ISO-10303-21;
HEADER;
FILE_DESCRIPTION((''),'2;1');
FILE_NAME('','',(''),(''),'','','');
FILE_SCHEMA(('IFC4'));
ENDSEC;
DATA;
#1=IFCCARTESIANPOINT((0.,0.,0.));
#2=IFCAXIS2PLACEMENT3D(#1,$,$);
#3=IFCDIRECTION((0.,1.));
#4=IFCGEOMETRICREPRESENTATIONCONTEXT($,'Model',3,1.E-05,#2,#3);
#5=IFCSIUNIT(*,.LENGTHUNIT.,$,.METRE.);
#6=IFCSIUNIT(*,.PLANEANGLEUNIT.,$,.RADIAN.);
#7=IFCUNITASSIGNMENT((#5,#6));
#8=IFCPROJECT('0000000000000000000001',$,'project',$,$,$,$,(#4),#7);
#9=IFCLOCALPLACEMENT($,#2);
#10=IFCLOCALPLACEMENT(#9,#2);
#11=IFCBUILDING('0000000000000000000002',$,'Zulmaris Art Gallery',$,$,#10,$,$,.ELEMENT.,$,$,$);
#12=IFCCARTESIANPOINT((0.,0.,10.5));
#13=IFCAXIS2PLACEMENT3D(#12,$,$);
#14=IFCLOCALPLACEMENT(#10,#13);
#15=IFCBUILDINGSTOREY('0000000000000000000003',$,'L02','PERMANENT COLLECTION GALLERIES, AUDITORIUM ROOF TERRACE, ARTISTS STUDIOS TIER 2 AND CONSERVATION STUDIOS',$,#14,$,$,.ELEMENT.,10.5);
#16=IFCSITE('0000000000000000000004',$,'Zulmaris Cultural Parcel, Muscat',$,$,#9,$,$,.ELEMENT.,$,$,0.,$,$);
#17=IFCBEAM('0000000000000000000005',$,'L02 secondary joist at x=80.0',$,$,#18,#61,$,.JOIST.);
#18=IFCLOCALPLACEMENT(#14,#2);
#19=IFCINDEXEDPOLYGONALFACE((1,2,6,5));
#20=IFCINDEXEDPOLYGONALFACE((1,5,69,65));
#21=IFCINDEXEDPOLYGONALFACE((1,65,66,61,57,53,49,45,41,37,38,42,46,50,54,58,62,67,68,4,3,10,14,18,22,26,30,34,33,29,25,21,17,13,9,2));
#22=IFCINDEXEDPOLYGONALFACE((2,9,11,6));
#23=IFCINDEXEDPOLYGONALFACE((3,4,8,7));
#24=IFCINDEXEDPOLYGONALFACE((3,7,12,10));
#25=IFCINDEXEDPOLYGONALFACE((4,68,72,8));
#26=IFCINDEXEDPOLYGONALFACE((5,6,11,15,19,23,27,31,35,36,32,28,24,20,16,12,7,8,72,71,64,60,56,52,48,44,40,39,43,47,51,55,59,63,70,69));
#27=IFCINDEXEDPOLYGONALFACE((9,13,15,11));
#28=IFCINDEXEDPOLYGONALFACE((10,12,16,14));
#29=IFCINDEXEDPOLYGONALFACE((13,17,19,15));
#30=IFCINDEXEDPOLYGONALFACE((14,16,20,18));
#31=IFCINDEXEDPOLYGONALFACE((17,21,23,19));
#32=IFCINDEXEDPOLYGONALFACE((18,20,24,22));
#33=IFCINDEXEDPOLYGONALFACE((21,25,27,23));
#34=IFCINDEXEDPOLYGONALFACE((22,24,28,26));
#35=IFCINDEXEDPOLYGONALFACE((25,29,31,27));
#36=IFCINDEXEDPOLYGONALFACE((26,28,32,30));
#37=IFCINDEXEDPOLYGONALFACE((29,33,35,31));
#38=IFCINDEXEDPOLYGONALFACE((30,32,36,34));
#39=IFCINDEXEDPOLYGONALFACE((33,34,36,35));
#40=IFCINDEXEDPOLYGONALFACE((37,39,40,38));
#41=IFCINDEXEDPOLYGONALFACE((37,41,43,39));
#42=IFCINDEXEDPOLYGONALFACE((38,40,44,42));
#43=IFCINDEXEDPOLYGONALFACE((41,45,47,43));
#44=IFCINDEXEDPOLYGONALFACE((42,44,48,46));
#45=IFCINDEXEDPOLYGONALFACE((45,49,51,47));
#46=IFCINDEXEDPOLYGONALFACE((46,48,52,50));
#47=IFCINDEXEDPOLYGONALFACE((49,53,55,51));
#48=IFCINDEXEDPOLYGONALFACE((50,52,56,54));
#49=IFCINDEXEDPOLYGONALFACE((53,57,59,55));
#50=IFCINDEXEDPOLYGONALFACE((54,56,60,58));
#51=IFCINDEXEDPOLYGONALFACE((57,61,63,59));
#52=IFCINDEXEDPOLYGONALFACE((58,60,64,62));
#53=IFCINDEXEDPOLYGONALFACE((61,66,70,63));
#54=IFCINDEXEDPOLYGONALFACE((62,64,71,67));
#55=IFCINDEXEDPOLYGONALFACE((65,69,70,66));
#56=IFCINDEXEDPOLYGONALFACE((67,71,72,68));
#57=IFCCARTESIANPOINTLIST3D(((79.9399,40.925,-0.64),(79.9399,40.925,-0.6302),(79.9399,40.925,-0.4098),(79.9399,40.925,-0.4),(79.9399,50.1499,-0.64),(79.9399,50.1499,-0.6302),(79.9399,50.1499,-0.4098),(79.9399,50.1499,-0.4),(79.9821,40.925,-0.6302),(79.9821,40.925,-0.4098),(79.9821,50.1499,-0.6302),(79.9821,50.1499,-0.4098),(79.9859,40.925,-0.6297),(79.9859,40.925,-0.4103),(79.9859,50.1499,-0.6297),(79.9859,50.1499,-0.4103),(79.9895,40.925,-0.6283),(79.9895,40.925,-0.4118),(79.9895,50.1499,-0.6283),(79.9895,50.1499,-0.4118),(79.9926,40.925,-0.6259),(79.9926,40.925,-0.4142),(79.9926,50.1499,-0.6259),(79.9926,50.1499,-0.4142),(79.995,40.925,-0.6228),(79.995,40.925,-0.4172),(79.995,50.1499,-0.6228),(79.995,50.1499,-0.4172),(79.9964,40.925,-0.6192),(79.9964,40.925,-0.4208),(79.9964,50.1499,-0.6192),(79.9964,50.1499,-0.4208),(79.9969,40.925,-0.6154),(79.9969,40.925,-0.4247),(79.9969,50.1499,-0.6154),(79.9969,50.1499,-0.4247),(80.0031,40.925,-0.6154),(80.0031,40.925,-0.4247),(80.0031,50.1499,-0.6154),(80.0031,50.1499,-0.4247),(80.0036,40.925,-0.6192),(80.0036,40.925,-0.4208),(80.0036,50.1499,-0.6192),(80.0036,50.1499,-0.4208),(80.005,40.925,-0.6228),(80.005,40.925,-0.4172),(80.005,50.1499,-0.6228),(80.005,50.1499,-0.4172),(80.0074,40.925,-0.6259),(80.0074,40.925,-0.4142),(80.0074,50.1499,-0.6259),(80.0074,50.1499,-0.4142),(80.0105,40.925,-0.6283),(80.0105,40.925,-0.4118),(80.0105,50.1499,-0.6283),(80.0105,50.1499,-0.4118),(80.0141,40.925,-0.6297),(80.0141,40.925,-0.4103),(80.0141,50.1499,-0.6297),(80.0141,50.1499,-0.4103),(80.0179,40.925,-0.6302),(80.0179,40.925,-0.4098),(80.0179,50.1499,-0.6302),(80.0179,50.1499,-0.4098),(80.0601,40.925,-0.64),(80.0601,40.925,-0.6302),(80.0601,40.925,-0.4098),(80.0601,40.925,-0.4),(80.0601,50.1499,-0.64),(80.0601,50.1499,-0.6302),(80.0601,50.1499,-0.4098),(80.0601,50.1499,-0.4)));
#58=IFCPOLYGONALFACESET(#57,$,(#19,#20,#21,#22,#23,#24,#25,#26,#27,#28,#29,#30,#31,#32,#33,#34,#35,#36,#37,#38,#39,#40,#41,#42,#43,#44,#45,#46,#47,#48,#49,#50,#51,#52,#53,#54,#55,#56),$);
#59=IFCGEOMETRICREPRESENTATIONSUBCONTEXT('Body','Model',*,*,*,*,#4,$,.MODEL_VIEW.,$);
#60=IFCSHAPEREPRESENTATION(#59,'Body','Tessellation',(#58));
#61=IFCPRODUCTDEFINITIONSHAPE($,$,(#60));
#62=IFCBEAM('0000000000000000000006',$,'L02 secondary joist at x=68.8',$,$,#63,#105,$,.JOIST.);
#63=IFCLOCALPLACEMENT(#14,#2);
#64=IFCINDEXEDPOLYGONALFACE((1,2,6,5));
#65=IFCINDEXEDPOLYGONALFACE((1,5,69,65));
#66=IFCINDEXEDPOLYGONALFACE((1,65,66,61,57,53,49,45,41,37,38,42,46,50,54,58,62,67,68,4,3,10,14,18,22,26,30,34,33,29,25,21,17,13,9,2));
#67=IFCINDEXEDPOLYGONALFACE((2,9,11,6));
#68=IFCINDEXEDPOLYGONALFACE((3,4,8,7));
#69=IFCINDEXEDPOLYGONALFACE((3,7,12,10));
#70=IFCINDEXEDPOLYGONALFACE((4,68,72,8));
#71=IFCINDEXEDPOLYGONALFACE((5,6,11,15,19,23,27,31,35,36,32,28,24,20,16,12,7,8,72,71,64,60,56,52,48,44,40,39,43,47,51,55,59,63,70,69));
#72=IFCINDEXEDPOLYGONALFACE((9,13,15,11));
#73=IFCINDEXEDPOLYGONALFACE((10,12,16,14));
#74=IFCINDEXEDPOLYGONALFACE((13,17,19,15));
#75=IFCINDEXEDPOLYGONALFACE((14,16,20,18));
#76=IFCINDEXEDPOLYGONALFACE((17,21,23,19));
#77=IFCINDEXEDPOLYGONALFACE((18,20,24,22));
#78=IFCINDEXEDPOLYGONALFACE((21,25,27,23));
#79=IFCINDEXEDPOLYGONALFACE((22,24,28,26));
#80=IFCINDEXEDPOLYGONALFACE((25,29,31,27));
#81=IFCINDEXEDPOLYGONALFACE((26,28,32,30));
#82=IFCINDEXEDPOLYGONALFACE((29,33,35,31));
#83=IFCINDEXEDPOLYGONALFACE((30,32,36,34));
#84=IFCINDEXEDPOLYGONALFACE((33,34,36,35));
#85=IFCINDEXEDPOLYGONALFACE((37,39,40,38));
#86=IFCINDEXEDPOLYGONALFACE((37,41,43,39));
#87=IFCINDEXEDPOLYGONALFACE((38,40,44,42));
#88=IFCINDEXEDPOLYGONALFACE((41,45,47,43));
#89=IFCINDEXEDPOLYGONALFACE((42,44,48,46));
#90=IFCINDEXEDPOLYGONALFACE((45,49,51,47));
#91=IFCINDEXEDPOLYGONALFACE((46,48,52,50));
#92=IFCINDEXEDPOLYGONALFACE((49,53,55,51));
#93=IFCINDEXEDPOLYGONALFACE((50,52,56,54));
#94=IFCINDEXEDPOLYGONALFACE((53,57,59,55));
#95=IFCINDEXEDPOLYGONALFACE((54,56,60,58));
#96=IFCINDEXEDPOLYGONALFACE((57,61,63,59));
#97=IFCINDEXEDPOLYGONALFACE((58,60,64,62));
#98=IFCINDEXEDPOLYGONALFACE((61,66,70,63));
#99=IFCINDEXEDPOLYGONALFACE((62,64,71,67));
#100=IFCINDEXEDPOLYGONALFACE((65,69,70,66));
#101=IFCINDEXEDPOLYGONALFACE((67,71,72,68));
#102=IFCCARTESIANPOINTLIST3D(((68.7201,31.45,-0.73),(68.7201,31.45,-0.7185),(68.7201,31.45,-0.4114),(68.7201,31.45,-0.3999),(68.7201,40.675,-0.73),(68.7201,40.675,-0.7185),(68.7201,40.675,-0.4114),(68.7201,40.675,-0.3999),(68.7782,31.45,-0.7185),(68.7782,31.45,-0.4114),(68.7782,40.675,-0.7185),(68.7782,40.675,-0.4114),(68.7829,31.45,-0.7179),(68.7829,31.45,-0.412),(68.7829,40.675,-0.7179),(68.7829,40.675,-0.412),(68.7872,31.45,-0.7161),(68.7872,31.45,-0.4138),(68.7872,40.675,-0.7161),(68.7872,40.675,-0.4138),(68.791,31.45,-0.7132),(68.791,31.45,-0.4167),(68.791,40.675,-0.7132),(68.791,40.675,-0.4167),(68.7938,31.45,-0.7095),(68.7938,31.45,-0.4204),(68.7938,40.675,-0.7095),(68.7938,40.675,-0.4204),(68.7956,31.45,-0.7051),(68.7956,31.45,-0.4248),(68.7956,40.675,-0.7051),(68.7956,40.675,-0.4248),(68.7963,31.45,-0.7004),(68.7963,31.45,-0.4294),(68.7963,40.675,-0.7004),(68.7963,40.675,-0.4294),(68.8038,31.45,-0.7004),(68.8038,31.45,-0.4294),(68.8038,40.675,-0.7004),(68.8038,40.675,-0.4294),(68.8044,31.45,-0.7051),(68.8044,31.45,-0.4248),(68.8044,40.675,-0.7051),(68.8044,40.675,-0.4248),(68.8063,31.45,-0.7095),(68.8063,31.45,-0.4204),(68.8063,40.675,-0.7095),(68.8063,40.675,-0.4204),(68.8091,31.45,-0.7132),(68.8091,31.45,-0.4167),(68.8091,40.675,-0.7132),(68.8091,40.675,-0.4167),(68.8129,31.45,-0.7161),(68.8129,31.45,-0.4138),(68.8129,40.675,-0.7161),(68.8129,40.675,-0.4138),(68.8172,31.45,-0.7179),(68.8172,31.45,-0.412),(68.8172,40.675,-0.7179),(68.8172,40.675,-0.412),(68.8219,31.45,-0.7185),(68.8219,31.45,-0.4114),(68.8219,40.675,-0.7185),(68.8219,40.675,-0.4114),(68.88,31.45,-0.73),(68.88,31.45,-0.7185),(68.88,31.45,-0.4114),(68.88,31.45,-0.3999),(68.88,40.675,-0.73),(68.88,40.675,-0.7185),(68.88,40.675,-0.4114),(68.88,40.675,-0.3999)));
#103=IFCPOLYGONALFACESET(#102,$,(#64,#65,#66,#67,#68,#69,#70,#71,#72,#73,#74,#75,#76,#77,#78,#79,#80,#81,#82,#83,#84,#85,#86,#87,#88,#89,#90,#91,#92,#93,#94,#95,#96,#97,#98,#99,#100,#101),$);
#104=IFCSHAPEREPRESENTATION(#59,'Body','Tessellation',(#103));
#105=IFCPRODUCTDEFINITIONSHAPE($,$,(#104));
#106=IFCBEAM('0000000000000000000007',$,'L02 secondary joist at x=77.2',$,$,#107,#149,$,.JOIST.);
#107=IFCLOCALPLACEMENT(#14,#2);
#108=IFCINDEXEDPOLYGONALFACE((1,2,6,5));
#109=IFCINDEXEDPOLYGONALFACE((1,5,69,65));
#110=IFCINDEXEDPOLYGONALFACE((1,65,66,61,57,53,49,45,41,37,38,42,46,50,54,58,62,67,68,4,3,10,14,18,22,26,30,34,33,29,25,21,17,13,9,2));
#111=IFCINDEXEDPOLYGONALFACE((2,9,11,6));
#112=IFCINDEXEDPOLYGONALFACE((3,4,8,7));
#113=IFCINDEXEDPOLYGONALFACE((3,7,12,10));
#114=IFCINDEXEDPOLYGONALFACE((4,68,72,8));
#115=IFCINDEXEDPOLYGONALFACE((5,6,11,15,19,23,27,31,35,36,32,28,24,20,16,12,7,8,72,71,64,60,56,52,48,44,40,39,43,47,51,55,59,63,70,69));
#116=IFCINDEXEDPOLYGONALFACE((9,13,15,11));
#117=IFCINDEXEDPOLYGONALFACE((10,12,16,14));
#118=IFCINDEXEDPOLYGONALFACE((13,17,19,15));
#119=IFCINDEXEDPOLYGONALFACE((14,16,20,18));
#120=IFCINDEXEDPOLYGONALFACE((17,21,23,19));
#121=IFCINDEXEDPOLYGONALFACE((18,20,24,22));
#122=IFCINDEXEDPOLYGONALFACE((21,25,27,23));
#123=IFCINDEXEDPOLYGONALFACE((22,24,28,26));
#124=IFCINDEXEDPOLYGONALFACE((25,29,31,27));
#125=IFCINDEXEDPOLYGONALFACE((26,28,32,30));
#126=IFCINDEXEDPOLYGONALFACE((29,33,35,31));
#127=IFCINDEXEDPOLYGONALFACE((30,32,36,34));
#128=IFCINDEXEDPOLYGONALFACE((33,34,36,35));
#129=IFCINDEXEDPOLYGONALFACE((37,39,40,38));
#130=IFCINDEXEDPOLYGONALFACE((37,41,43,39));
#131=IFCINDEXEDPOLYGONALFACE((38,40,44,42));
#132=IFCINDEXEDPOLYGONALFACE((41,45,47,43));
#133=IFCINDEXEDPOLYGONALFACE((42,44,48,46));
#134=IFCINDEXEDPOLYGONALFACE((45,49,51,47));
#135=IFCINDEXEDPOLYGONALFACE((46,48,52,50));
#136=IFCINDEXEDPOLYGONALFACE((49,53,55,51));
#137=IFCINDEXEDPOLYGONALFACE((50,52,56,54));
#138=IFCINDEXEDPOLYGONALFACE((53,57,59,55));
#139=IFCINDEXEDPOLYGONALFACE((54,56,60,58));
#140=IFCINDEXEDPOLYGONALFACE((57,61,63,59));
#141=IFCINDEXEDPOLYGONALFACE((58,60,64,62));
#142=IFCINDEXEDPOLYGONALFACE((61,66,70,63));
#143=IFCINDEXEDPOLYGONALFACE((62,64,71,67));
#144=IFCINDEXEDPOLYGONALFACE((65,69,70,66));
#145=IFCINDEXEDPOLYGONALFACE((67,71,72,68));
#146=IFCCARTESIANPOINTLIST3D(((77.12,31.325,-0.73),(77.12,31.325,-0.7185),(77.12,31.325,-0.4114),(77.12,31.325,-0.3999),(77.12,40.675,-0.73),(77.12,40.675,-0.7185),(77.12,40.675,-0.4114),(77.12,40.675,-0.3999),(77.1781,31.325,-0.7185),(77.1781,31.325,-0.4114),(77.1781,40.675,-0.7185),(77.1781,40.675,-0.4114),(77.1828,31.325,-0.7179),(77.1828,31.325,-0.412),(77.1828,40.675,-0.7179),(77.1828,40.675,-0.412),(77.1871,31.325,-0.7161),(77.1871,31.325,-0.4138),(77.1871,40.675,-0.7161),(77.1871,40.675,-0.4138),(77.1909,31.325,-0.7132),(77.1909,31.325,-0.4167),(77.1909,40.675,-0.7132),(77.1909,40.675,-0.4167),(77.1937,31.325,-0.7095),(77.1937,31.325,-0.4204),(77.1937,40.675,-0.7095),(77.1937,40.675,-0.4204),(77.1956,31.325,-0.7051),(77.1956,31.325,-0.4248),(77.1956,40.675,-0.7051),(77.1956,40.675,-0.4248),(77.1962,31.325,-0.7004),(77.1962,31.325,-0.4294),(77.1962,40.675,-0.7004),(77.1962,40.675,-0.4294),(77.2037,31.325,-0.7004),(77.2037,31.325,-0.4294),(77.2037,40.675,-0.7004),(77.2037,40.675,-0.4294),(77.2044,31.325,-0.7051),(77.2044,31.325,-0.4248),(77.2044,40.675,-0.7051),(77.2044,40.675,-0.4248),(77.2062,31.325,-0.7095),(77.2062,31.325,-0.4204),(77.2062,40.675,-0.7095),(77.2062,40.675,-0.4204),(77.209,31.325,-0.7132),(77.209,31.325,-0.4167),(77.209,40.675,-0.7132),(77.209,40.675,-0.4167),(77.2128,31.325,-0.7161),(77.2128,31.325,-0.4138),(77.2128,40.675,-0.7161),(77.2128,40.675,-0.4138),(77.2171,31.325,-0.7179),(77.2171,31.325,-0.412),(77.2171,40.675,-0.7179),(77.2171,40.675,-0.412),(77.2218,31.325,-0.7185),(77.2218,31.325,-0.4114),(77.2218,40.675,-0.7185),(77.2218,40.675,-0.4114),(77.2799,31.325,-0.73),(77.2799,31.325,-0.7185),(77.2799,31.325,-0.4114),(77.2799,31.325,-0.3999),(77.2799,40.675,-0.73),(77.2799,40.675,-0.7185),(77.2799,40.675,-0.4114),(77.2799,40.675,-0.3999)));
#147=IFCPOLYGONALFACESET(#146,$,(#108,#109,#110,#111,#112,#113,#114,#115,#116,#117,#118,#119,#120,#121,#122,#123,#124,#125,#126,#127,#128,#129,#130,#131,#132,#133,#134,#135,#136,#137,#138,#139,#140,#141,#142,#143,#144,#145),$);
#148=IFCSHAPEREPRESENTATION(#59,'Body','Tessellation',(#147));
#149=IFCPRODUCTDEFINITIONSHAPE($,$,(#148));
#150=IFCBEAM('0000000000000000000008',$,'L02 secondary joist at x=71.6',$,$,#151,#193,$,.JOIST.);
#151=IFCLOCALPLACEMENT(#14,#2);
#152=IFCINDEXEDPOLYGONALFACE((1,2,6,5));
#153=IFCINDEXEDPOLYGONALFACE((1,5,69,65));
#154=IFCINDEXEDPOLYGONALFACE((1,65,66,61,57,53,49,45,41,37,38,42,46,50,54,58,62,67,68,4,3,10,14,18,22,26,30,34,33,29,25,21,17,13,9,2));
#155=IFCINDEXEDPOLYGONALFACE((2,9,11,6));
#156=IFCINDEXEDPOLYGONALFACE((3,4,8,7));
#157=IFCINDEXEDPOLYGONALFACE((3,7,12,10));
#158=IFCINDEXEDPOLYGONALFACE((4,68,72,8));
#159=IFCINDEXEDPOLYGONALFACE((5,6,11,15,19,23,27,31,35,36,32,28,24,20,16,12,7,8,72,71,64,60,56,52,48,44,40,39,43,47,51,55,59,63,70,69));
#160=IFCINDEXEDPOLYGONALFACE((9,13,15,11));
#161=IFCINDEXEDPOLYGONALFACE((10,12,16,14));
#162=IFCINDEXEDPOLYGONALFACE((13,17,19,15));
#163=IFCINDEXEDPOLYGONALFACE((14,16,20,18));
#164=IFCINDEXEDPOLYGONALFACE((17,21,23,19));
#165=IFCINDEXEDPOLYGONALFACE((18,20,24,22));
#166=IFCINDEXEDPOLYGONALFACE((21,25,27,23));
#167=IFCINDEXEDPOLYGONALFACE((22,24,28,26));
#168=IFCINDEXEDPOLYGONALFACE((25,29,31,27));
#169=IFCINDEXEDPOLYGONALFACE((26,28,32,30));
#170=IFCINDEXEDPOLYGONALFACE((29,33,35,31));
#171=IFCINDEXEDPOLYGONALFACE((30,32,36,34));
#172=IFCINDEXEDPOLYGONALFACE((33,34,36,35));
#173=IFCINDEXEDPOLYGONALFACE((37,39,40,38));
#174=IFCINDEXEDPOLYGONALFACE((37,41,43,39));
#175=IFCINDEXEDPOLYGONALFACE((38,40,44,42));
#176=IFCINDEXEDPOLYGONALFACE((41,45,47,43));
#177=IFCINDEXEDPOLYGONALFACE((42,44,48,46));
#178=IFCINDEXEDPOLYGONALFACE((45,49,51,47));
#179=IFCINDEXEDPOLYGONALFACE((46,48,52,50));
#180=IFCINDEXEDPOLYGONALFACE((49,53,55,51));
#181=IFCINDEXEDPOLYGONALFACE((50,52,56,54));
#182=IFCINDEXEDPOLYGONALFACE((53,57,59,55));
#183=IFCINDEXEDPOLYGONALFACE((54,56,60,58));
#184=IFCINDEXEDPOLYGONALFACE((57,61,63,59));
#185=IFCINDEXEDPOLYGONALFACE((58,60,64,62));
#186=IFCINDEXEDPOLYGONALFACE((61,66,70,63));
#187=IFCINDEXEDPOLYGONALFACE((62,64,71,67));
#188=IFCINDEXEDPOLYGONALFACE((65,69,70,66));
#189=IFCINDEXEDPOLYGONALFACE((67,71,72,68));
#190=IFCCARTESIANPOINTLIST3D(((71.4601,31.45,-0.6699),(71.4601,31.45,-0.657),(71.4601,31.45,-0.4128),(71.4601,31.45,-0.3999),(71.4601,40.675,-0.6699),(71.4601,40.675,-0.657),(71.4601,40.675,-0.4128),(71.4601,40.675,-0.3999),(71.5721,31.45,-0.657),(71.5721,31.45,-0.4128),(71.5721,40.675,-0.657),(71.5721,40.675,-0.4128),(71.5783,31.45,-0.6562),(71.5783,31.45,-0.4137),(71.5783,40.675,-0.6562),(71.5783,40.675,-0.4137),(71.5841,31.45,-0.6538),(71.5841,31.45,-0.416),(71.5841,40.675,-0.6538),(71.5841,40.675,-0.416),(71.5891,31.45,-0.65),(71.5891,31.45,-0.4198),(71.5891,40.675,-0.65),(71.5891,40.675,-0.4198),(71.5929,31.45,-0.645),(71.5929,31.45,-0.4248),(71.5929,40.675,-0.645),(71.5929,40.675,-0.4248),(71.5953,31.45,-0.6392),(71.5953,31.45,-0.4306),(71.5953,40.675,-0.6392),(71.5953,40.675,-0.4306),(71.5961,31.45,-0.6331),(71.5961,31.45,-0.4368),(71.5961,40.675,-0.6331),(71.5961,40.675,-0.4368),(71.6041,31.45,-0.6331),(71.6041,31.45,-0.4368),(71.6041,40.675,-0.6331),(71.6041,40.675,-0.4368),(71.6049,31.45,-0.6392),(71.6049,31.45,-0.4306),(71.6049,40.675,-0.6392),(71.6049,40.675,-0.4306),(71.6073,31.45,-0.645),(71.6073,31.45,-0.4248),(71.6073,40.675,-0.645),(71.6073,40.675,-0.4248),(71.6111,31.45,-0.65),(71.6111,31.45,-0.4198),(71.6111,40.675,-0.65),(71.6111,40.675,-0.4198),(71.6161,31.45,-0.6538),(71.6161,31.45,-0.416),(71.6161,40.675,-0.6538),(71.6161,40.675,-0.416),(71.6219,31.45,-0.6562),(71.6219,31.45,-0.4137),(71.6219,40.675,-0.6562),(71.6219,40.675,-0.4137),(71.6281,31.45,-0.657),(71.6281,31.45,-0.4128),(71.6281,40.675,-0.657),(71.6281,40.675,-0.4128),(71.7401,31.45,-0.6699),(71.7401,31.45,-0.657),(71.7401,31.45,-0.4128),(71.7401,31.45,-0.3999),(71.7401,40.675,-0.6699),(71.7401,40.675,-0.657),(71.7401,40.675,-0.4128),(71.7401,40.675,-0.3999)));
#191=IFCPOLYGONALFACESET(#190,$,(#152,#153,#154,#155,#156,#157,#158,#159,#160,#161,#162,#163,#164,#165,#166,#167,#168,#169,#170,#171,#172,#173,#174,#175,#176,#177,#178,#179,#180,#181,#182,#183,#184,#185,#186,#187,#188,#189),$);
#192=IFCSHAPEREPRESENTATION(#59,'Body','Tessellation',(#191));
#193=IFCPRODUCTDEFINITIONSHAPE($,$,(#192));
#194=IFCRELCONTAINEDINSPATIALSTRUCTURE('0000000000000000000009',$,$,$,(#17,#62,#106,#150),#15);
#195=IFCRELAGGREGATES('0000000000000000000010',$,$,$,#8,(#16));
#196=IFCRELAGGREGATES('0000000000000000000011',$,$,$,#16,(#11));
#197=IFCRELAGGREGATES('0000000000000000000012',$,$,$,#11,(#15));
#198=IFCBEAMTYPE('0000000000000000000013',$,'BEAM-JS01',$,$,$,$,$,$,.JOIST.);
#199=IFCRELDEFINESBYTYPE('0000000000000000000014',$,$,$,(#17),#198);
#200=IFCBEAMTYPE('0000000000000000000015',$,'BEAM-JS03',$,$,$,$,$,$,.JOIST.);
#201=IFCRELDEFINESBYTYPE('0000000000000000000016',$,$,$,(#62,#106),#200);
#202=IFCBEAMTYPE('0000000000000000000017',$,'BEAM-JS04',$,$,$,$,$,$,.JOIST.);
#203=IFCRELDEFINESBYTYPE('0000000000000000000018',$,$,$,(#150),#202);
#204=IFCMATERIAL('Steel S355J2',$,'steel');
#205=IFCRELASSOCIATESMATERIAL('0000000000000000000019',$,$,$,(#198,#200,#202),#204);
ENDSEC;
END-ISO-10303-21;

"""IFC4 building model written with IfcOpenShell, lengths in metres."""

from ifc_helpers import new_model, si_unit, direction, frame, origin, origin_2d, place, context, subcontext, project, spatial, i_section, extrude, material, material_profile, profile_set, type_object, element, save


model = new_model("IFC4")

# Units and contexts
model_context = context("Model", 3, precision=1e-05, world=origin(), true_north=direction((0.0, 1.0)))
body_context = subcontext(model_context, "Body", "Model", "MODEL_VIEW")
ifc_project = project(units=[si_unit("LENGTHUNIT", "METRE"), si_unit("PLANEANGLEUNIT", "RADIAN")], contexts=[model_context])

# Site, building, storey
site_placement = place(None, origin())
site = spatial("IfcSite", under=ifc_project, at=site_placement, Name="Zulmaris Cultural Parcel, Muscat", CompositionType="ELEMENT", RefElevation=0.0)
building_placement = place(site_placement, origin())
building = spatial("IfcBuilding", under=site, at=building_placement, Name="Zulmaris Art Gallery", CompositionType="ELEMENT")
storey_placement = place(building_placement, frame((0.0, 0.0, 10.5)))
storey = spatial("IfcBuildingStorey", under=building, at=storey_placement, Name="L02", Description="PERMANENT COLLECTION GALLERIES, AUDITORIUM ROOF TERRACE, ARTISTS STUDIOS TIER 2 AND CONSERVATION STUDIOS", CompositionType="ELEMENT", Elevation=10.5)

# Beams
ifc_material_1 = material(Name="Steel S355J2", Category="steel")
ifc_material_profile_1 = material_profile(ifc_material_1, i_section(OverallWidth=0.1201, OverallDepth=0.24, WebThickness=0.0061, FlangeThickness=0.0098, FilletRadius=0.0149, at=origin_2d()), Name="IPE 240")
ifc_profile_set_1 = profile_set([ifc_material_profile_1], Name="Steel S355J2")
beam_type_1 = type_object("IfcBeamType", Name="BEAM-JS01", PredefinedType="JOIST", material=ifc_profile_set_1)
beam_1_placement = place(storey_placement, frame((80.0, 40.925, -0.52), z_axis=(0.0, 1.0, 0.0), x_axis=(-1.0, 0.0, 0.0)))
element("IfcBeam", 1, at=beam_1_placement, inside=storey, type_object=beam_type_1, Name="L02 secondary joist at x=80.0", PredefinedType="JOIST", context=body_context, shape_type="SweptSolid", body=[
    extrude(i_section(OverallWidth=0.1201, OverallDepth=0.24, WebThickness=0.0061, FlangeThickness=0.0098, FilletRadius=0.0149, at=origin_2d()), origin(), (0.0, 0.0, 1.0), 9.2249),
])
ifc_material_profile_2 = material_profile(ifc_material_1, i_section(OverallWidth=0.1599, OverallDepth=0.3301, WebThickness=0.0076, FlangeThickness=0.0115, FilletRadius=0.0181, at=origin_2d()), Name="IPE 330")
ifc_profile_set_2 = profile_set([ifc_material_profile_2], Name="Steel S355J2")
beam_type_2 = type_object("IfcBeamType", Name="BEAM-JS03", PredefinedType="JOIST", material=ifc_profile_set_2)
beam_2_placement = place(storey_placement, frame((68.8, 31.45, -0.5649), z_axis=(0.0, 1.0, 0.0), x_axis=(-1.0, 0.0, 0.0)))
element("IfcBeam", 2, at=beam_2_placement, inside=storey, type_object=beam_type_2, Name="L02 secondary joist at x=68.8", PredefinedType="JOIST", context=body_context, shape_type="SweptSolid", body=[
    extrude(i_section(OverallWidth=0.1599, OverallDepth=0.3301, WebThickness=0.0076, FlangeThickness=0.0115, FilletRadius=0.0181, at=origin_2d()), origin(), (0.0, 0.0, 1.0), 9.2251),
])
beam_3_placement = place(storey_placement, frame((77.2, 31.325, -0.5649), z_axis=(0.0, 1.0, 0.0), x_axis=(-1.0, 0.0, 0.0)))
element("IfcBeam", 3, at=beam_3_placement, inside=storey, type_object=beam_type_2, Name="L02 secondary joist at x=77.2", PredefinedType="JOIST", context=body_context, shape_type="SweptSolid", body=[
    extrude(i_section(OverallWidth=0.1599, OverallDepth=0.3301, WebThickness=0.0076, FlangeThickness=0.0115, FilletRadius=0.0181, at=origin_2d()), origin(), (0.0, 0.0, 1.0), 9.3501),
])
ifc_material_profile_3 = material_profile(ifc_material_1, i_section(OverallWidth=0.28, OverallDepth=0.27, WebThickness=0.0081, FlangeThickness=0.0129, FilletRadius=0.0239, at=origin_2d()), Name="HEA 280")
ifc_profile_set_3 = profile_set([ifc_material_profile_3], Name="Steel S355J2")
beam_type_3 = type_object("IfcBeamType", Name="BEAM-JS04", PredefinedType="JOIST", material=ifc_profile_set_3)
beam_4_placement = place(storey_placement, frame((71.6001, 31.45, -0.5349), z_axis=(0.0, 1.0, 0.0), x_axis=(-1.0, 0.0, 0.0)))
element("IfcBeam", 4, at=beam_4_placement, inside=storey, type_object=beam_type_3, Name="L02 secondary joist at x=71.6", PredefinedType="JOIST", context=body_context, shape_type="SweptSolid", body=[
    extrude(i_section(OverallWidth=0.28, OverallDepth=0.27, WebThickness=0.0081, FlangeThickness=0.0129, FilletRadius=0.0239, at=origin_2d()), origin(), (0.0, 0.0, 1.0), 9.2251),
])

save(model, "model.ifc")
